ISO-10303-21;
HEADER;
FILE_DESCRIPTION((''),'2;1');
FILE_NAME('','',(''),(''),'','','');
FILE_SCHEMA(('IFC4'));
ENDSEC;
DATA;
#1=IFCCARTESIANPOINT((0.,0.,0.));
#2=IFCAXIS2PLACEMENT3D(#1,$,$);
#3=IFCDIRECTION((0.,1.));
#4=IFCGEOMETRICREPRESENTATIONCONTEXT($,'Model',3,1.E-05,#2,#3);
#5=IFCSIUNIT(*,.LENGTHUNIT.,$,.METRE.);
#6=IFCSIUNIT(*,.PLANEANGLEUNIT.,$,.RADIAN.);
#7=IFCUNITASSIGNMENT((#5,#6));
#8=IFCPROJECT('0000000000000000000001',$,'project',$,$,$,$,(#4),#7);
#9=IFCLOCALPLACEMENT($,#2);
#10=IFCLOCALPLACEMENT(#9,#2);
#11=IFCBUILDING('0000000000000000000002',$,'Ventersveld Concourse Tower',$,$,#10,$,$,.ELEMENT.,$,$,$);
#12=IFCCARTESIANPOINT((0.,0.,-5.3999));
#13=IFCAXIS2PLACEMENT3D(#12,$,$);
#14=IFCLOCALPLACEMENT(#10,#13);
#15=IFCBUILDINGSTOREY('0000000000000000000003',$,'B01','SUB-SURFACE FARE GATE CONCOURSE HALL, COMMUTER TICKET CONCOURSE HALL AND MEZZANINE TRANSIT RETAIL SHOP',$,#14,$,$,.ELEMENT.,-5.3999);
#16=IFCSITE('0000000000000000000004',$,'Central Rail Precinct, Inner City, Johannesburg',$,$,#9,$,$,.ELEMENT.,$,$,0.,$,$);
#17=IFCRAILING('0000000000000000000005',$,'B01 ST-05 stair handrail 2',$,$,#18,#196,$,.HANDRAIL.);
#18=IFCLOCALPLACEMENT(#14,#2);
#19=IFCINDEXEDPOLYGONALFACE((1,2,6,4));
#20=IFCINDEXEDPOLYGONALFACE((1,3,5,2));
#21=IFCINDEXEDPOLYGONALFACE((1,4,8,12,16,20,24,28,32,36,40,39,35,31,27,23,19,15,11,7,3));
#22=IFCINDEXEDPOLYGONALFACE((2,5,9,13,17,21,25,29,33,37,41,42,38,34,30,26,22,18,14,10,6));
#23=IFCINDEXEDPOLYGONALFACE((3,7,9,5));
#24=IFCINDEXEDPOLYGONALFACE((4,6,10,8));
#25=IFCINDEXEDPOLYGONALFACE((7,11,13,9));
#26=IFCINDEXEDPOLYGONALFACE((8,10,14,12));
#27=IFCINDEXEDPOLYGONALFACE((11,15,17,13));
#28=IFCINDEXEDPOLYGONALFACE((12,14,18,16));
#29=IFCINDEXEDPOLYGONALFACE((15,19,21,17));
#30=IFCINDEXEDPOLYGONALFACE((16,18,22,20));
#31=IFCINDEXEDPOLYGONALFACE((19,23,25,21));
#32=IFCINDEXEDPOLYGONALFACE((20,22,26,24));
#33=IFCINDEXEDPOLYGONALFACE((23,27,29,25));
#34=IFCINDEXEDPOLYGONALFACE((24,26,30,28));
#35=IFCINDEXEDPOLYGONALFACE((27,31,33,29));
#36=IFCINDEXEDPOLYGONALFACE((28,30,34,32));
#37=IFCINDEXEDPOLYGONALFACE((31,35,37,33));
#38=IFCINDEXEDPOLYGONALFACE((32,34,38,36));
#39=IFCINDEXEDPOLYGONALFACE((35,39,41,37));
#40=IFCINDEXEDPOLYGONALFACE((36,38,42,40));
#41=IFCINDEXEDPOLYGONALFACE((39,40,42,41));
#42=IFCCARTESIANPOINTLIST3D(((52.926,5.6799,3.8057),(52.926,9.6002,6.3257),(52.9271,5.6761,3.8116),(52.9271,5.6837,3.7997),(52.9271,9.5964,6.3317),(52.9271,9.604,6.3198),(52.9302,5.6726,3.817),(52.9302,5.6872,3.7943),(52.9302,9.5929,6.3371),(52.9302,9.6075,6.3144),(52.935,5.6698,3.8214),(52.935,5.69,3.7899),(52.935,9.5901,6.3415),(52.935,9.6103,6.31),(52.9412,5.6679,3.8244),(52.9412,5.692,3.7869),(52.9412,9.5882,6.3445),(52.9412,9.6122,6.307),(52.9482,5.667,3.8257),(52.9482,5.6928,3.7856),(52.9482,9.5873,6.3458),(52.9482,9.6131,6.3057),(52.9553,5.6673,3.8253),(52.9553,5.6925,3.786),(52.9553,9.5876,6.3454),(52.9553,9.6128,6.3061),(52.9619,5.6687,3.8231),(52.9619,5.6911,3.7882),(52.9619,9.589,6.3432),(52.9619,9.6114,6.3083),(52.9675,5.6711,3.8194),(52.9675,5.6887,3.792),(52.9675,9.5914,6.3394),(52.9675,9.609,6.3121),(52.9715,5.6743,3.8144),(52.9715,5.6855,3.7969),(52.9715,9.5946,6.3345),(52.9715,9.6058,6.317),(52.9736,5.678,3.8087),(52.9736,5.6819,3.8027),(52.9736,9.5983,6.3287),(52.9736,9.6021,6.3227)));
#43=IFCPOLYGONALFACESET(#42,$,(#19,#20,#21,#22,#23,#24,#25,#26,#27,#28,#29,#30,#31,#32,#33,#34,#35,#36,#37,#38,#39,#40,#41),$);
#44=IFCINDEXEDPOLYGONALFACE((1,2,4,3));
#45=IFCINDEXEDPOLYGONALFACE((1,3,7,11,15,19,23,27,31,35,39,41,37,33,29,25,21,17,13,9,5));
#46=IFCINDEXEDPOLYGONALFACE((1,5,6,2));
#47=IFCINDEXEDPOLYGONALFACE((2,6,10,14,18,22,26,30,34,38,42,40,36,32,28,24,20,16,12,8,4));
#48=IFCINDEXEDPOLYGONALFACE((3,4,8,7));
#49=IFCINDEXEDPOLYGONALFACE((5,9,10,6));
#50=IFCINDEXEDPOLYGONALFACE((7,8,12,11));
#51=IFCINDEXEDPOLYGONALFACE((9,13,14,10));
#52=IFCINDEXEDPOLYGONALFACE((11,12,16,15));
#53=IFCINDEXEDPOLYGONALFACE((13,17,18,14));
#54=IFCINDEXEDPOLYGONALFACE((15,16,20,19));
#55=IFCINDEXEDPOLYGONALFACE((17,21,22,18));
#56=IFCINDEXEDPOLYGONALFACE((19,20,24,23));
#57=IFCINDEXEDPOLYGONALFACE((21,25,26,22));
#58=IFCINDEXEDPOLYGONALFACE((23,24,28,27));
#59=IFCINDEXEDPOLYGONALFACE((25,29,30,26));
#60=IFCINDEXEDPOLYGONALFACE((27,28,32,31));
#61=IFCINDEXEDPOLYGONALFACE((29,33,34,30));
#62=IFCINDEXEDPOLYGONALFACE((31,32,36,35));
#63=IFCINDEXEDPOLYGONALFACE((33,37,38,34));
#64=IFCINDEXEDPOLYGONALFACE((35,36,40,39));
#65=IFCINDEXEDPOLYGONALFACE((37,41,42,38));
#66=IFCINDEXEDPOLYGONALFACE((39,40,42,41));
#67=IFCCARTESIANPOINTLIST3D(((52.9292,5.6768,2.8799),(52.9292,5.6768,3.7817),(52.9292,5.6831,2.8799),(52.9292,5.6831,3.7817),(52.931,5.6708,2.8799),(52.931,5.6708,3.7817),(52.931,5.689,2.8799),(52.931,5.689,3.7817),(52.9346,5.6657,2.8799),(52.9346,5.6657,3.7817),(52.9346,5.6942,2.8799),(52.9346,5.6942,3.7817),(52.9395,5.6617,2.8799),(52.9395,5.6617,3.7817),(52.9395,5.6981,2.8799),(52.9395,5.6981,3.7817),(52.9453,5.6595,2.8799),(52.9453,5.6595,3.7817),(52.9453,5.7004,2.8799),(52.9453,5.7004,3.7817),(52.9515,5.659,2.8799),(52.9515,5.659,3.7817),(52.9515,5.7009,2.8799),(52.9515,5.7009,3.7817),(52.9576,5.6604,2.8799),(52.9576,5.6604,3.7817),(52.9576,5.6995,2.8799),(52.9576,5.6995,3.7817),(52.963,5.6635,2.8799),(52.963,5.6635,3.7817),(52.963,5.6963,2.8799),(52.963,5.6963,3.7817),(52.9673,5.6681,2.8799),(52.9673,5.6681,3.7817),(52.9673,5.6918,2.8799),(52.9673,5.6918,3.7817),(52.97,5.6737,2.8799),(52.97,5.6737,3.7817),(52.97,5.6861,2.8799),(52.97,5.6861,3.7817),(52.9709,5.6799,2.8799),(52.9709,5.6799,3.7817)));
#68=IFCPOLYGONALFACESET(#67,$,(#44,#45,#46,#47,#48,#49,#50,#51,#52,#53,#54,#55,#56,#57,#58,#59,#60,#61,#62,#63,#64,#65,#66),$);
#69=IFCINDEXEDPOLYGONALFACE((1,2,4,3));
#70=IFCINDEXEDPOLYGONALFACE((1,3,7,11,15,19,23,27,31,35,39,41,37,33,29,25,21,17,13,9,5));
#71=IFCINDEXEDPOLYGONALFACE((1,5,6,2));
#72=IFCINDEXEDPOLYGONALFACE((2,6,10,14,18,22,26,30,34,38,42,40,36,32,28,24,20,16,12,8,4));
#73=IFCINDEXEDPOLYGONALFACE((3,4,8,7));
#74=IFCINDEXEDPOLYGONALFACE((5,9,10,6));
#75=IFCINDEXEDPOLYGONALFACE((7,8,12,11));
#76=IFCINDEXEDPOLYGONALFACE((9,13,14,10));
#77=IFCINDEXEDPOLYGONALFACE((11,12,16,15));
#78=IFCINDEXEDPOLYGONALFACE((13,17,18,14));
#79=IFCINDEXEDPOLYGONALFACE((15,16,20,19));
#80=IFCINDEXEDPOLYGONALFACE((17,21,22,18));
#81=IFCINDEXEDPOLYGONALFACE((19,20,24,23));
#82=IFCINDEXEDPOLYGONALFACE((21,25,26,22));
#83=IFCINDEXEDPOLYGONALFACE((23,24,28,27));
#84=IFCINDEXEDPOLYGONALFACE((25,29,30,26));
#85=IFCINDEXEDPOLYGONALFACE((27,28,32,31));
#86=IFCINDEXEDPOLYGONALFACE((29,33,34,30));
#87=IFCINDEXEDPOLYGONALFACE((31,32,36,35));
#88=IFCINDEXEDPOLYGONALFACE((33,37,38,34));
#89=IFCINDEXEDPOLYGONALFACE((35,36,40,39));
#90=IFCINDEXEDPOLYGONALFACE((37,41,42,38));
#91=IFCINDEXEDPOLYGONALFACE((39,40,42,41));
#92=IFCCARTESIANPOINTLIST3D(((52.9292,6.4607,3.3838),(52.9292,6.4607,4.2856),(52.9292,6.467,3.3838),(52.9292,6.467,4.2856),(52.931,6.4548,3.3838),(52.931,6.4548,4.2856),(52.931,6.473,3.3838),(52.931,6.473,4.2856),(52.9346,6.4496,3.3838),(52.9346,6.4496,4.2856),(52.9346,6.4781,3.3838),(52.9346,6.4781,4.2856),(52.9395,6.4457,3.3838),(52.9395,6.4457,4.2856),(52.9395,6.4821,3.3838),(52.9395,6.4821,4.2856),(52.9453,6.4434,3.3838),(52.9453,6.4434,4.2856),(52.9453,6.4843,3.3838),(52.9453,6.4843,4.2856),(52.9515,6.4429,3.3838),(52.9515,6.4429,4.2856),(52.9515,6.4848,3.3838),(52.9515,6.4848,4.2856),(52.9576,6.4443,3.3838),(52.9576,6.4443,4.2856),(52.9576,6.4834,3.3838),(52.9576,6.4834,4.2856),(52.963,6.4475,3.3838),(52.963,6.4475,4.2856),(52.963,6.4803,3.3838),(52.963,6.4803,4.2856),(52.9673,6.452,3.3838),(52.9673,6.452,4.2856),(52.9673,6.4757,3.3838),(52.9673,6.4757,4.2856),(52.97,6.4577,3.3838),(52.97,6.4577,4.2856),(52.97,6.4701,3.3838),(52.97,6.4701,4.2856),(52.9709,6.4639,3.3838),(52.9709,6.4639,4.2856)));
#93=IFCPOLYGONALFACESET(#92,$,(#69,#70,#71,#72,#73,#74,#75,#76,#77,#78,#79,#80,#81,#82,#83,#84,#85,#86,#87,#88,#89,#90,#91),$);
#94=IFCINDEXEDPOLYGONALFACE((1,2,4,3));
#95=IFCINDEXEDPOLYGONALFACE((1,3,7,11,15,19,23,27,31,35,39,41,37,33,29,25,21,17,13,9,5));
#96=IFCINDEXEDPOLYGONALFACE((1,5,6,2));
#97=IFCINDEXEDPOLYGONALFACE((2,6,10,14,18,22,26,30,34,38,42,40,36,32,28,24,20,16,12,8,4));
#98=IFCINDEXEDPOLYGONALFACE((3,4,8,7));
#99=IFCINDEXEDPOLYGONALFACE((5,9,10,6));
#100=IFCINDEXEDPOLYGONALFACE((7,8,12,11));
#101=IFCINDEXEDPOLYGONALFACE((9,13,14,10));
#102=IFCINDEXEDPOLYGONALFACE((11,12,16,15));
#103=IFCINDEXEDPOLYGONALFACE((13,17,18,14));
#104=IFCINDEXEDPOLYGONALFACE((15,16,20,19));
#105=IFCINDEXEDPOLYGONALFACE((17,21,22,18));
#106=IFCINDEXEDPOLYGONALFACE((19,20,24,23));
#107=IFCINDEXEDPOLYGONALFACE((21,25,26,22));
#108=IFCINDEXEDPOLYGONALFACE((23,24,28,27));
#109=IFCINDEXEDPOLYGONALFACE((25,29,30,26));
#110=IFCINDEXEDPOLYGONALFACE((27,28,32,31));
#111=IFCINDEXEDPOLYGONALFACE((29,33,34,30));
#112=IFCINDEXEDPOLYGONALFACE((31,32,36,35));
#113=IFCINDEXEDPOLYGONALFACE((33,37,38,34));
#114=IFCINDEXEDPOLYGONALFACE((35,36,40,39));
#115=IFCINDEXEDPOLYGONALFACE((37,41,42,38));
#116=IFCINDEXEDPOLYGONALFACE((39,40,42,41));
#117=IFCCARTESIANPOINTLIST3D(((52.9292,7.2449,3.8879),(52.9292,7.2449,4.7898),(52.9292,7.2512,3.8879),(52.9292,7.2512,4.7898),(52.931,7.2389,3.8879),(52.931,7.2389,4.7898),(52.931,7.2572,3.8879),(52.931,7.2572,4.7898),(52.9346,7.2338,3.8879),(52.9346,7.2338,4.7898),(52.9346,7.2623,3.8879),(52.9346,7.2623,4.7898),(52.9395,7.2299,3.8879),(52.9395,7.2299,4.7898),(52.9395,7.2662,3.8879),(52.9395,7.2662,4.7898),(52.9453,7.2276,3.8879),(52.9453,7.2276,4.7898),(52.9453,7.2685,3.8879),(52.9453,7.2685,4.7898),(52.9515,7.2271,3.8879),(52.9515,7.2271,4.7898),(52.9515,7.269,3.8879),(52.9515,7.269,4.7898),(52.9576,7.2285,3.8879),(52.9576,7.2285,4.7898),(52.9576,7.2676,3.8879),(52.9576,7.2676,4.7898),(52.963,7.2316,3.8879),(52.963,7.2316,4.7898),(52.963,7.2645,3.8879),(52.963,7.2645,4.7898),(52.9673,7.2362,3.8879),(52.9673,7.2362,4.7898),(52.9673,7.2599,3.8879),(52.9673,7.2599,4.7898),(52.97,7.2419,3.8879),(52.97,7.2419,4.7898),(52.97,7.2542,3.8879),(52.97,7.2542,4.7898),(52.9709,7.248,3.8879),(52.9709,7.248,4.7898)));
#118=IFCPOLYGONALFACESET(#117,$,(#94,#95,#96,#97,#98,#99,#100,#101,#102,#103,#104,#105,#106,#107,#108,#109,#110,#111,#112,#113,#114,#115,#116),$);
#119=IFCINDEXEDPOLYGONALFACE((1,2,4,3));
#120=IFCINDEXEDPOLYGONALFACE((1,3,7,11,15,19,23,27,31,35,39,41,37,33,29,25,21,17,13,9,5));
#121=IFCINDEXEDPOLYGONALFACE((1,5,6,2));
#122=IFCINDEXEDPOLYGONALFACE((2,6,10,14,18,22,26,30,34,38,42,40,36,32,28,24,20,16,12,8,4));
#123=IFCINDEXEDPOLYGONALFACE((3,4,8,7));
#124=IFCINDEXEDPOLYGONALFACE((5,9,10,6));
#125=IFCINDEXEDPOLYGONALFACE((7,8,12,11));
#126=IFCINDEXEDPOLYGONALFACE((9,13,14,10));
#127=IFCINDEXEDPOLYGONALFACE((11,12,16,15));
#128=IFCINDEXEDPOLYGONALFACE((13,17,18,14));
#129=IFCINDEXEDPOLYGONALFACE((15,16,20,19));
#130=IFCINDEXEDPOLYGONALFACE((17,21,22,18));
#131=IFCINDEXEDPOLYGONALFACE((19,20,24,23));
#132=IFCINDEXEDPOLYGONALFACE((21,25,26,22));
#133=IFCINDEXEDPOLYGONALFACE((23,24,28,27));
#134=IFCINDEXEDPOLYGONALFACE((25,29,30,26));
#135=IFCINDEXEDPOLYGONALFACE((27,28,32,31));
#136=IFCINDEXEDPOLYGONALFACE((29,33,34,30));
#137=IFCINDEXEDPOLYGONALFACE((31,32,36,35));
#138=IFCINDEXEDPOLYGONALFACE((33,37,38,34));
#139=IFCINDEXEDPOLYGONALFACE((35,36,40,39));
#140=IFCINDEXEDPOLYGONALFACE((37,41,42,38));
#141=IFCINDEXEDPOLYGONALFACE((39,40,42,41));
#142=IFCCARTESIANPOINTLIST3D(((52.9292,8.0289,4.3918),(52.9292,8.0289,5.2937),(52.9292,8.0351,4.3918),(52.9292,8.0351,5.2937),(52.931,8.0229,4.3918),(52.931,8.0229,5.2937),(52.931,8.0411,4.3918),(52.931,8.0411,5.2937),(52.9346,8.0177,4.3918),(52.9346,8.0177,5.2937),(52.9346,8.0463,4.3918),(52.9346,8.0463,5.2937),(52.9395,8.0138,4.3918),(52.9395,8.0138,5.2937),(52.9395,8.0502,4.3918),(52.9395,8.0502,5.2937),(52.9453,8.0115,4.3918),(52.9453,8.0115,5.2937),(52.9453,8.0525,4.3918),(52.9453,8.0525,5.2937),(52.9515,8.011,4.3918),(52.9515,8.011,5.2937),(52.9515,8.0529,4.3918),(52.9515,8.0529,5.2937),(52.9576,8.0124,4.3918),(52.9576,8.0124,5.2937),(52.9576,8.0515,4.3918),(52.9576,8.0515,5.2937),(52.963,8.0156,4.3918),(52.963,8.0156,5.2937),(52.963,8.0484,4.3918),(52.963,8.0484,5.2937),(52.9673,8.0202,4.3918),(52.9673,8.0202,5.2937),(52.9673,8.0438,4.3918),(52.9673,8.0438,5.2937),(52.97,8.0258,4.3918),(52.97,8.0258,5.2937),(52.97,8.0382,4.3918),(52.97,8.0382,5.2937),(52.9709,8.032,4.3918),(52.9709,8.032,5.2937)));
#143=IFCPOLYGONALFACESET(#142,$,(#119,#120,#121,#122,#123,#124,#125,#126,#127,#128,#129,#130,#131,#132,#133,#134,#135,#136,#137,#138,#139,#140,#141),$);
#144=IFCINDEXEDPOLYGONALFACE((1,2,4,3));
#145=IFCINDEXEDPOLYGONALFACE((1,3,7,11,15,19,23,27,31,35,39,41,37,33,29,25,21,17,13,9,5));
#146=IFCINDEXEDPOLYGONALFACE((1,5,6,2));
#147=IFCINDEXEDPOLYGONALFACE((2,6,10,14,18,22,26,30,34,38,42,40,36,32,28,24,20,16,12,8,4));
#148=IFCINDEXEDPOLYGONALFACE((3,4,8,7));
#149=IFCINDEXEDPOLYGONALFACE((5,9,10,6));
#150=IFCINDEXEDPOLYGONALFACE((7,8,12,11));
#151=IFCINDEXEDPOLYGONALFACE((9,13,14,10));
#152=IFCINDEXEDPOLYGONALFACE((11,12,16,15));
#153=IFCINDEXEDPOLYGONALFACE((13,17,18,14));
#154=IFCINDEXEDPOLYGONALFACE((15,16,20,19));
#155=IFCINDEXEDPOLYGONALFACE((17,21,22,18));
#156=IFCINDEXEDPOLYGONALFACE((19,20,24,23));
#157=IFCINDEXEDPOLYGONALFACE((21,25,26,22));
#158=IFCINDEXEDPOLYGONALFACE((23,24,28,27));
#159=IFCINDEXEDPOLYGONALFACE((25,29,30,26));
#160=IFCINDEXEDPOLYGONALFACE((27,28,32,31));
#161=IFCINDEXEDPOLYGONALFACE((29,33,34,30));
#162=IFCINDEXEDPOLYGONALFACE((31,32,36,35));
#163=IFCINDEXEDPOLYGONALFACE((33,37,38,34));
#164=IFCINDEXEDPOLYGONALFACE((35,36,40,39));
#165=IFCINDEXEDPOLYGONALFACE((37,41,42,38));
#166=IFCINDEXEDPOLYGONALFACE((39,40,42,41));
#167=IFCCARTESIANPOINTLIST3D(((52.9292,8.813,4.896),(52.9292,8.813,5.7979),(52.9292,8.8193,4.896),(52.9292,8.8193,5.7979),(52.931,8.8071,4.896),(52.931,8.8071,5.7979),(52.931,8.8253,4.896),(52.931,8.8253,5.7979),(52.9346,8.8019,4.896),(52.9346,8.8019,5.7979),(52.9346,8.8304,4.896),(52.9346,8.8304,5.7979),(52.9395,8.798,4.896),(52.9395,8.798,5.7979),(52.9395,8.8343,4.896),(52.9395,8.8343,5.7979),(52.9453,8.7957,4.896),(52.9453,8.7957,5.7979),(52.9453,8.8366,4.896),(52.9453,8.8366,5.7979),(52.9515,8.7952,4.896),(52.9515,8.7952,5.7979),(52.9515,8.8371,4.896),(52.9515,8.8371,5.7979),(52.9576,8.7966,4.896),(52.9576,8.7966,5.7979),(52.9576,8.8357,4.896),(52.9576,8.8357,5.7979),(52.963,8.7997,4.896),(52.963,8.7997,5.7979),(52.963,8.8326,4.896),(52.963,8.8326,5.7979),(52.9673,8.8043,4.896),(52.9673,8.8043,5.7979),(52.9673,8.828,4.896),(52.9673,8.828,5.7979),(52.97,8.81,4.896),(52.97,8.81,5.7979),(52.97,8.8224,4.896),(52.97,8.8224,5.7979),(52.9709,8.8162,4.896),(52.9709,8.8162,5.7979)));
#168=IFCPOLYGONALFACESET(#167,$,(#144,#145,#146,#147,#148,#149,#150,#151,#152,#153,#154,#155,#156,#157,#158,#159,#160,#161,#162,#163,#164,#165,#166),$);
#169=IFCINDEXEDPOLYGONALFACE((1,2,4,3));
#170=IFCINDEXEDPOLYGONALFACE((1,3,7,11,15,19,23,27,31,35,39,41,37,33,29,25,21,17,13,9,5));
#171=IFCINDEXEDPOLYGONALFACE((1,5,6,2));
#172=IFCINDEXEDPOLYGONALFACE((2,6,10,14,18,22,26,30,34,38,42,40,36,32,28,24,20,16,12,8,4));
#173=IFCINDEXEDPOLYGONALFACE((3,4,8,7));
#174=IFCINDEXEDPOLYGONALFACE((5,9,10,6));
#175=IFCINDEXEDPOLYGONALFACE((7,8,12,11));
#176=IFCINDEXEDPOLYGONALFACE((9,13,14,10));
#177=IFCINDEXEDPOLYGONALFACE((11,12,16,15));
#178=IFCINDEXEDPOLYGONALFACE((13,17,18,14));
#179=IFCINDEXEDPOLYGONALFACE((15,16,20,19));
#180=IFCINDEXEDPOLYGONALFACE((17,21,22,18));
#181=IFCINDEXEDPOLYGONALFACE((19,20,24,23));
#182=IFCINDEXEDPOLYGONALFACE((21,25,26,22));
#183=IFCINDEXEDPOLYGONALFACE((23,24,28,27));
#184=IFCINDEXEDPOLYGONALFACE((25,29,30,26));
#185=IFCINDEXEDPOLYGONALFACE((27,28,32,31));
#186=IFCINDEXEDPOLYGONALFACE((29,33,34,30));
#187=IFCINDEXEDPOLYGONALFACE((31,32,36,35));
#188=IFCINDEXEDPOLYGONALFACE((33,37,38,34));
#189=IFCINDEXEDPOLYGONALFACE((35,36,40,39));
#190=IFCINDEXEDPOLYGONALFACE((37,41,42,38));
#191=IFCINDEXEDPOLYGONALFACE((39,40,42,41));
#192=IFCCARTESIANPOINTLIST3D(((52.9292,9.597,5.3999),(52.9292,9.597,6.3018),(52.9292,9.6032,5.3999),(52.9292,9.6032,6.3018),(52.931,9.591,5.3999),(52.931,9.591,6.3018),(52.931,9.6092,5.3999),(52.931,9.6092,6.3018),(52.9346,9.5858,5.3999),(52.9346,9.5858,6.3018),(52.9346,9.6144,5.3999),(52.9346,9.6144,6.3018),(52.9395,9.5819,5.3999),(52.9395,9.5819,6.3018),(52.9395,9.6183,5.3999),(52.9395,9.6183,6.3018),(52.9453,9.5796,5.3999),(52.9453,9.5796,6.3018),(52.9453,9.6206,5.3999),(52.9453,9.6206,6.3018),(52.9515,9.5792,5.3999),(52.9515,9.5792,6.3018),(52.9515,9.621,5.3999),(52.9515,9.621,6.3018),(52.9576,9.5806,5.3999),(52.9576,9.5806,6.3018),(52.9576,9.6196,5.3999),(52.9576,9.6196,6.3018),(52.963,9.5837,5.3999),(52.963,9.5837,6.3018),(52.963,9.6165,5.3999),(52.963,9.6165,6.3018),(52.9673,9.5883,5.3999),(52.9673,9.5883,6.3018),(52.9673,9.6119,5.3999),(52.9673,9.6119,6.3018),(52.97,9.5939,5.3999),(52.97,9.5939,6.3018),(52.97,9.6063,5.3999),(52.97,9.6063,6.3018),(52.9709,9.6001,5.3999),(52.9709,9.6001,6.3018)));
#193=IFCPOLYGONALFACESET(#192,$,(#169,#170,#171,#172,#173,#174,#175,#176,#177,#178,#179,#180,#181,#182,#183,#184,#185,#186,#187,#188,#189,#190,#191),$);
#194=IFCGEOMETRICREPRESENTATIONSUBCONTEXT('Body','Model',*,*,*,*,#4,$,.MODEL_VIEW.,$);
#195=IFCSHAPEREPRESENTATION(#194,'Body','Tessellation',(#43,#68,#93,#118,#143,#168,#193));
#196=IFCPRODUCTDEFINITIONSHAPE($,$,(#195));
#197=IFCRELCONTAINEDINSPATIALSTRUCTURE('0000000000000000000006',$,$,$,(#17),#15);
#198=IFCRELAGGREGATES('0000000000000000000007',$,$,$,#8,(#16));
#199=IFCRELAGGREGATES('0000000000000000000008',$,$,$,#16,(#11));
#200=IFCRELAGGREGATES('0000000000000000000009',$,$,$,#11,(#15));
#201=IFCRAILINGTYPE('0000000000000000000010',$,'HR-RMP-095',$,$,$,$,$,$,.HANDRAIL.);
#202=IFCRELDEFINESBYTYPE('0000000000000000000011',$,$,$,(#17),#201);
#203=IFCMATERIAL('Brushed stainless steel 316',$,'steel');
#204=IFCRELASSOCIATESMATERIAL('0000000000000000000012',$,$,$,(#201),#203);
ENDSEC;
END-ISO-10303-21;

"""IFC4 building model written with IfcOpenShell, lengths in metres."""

from ifc_helpers import new_model, si_unit, direction, frame, origin, origin_2d, place, context, subcontext, project, spatial, circle, extrude, material, type_object, element, save


model = new_model("IFC4")

# Units and contexts
model_context = context("Model", 3, precision=1e-05, world=origin(), true_north=direction((0.0, 1.0)))
body_context = subcontext(model_context, "Body", "Model", "MODEL_VIEW")
ifc_project = project(units=[si_unit("LENGTHUNIT", "METRE"), si_unit("PLANEANGLEUNIT", "RADIAN")], contexts=[model_context])

# Site, building, storey
site_placement = place(None, origin())
site = spatial("IfcSite", under=ifc_project, at=site_placement, Name="Central Rail Precinct, Inner City, Johannesburg", CompositionType="ELEMENT", RefElevation=0.0)
building_placement = place(site_placement, origin())
building = spatial("IfcBuilding", under=site, at=building_placement, Name="Ventersveld Concourse Tower", CompositionType="ELEMENT")
storey_placement = place(building_placement, frame((0.0, 0.0, -5.3999)))
storey = spatial("IfcBuildingStorey", under=building, at=storey_placement, Name="B01", Description="SUB-SURFACE FARE GATE CONCOURSE HALL, COMMUTER TICKET CONCOURSE HALL AND MEZZANINE TRANSIT RETAIL SHOP", CompositionType="ELEMENT", Elevation=-5.3999)

# Shared definitions
ifc_material_1 = material(Name="Brushed stainless steel 316", Category="steel")

# Railing
railing_type_1 = type_object("IfcRailingType", Name="HR-RMP-095", PredefinedType="HANDRAIL", material=ifc_material_1)
railing_1_placement = place(storey_placement, frame((52.95, 5.6799, 2.8799)))
element("IfcRailing", 1, at=railing_1_placement, inside=storey, type_object=railing_type_1, Name="B01 ST-05 stair handrail 2", PredefinedType="HANDRAIL", context=body_context, shape_type="SweptSolid", body=[
    extrude(circle(Radius=0.0239, at=origin_2d()), frame((0.0, 0.0, 0.9258), z_axis=(0.0, 0.841187, 0.540744), x_axis=(-1.0, 0.0, 0.0)), (0.0, 0.0, 1.0), 4.6604),
    extrude(circle(Radius=0.021, at=origin_2d()), origin(), (0.0, 0.0, 1.0), 0.9019),
    extrude(circle(Radius=0.021, at=origin_2d()), frame((0.0, 0.7839, 0.5039)), (0.0, 0.0, 1.0), 0.9019),
    extrude(circle(Radius=0.021, at=origin_2d()), frame((0.0, 1.5681, 1.0081)), (0.0, 0.0, 1.0), 0.9019),
    extrude(circle(Radius=0.021, at=origin_2d()), frame((0.0, 2.3521, 1.512)), (0.0, 0.0, 1.0), 0.9019),
    extrude(circle(Radius=0.021, at=origin_2d()), frame((0.0, 3.1362, 2.0161)), (0.0, 0.0, 1.0), 0.9019),
    extrude(circle(Radius=0.021, at=origin_2d()), frame((0.0, 3.9202, 2.52)), (0.0, 0.0, 1.0), 0.9019),
])

save(model, "model.ifc")
